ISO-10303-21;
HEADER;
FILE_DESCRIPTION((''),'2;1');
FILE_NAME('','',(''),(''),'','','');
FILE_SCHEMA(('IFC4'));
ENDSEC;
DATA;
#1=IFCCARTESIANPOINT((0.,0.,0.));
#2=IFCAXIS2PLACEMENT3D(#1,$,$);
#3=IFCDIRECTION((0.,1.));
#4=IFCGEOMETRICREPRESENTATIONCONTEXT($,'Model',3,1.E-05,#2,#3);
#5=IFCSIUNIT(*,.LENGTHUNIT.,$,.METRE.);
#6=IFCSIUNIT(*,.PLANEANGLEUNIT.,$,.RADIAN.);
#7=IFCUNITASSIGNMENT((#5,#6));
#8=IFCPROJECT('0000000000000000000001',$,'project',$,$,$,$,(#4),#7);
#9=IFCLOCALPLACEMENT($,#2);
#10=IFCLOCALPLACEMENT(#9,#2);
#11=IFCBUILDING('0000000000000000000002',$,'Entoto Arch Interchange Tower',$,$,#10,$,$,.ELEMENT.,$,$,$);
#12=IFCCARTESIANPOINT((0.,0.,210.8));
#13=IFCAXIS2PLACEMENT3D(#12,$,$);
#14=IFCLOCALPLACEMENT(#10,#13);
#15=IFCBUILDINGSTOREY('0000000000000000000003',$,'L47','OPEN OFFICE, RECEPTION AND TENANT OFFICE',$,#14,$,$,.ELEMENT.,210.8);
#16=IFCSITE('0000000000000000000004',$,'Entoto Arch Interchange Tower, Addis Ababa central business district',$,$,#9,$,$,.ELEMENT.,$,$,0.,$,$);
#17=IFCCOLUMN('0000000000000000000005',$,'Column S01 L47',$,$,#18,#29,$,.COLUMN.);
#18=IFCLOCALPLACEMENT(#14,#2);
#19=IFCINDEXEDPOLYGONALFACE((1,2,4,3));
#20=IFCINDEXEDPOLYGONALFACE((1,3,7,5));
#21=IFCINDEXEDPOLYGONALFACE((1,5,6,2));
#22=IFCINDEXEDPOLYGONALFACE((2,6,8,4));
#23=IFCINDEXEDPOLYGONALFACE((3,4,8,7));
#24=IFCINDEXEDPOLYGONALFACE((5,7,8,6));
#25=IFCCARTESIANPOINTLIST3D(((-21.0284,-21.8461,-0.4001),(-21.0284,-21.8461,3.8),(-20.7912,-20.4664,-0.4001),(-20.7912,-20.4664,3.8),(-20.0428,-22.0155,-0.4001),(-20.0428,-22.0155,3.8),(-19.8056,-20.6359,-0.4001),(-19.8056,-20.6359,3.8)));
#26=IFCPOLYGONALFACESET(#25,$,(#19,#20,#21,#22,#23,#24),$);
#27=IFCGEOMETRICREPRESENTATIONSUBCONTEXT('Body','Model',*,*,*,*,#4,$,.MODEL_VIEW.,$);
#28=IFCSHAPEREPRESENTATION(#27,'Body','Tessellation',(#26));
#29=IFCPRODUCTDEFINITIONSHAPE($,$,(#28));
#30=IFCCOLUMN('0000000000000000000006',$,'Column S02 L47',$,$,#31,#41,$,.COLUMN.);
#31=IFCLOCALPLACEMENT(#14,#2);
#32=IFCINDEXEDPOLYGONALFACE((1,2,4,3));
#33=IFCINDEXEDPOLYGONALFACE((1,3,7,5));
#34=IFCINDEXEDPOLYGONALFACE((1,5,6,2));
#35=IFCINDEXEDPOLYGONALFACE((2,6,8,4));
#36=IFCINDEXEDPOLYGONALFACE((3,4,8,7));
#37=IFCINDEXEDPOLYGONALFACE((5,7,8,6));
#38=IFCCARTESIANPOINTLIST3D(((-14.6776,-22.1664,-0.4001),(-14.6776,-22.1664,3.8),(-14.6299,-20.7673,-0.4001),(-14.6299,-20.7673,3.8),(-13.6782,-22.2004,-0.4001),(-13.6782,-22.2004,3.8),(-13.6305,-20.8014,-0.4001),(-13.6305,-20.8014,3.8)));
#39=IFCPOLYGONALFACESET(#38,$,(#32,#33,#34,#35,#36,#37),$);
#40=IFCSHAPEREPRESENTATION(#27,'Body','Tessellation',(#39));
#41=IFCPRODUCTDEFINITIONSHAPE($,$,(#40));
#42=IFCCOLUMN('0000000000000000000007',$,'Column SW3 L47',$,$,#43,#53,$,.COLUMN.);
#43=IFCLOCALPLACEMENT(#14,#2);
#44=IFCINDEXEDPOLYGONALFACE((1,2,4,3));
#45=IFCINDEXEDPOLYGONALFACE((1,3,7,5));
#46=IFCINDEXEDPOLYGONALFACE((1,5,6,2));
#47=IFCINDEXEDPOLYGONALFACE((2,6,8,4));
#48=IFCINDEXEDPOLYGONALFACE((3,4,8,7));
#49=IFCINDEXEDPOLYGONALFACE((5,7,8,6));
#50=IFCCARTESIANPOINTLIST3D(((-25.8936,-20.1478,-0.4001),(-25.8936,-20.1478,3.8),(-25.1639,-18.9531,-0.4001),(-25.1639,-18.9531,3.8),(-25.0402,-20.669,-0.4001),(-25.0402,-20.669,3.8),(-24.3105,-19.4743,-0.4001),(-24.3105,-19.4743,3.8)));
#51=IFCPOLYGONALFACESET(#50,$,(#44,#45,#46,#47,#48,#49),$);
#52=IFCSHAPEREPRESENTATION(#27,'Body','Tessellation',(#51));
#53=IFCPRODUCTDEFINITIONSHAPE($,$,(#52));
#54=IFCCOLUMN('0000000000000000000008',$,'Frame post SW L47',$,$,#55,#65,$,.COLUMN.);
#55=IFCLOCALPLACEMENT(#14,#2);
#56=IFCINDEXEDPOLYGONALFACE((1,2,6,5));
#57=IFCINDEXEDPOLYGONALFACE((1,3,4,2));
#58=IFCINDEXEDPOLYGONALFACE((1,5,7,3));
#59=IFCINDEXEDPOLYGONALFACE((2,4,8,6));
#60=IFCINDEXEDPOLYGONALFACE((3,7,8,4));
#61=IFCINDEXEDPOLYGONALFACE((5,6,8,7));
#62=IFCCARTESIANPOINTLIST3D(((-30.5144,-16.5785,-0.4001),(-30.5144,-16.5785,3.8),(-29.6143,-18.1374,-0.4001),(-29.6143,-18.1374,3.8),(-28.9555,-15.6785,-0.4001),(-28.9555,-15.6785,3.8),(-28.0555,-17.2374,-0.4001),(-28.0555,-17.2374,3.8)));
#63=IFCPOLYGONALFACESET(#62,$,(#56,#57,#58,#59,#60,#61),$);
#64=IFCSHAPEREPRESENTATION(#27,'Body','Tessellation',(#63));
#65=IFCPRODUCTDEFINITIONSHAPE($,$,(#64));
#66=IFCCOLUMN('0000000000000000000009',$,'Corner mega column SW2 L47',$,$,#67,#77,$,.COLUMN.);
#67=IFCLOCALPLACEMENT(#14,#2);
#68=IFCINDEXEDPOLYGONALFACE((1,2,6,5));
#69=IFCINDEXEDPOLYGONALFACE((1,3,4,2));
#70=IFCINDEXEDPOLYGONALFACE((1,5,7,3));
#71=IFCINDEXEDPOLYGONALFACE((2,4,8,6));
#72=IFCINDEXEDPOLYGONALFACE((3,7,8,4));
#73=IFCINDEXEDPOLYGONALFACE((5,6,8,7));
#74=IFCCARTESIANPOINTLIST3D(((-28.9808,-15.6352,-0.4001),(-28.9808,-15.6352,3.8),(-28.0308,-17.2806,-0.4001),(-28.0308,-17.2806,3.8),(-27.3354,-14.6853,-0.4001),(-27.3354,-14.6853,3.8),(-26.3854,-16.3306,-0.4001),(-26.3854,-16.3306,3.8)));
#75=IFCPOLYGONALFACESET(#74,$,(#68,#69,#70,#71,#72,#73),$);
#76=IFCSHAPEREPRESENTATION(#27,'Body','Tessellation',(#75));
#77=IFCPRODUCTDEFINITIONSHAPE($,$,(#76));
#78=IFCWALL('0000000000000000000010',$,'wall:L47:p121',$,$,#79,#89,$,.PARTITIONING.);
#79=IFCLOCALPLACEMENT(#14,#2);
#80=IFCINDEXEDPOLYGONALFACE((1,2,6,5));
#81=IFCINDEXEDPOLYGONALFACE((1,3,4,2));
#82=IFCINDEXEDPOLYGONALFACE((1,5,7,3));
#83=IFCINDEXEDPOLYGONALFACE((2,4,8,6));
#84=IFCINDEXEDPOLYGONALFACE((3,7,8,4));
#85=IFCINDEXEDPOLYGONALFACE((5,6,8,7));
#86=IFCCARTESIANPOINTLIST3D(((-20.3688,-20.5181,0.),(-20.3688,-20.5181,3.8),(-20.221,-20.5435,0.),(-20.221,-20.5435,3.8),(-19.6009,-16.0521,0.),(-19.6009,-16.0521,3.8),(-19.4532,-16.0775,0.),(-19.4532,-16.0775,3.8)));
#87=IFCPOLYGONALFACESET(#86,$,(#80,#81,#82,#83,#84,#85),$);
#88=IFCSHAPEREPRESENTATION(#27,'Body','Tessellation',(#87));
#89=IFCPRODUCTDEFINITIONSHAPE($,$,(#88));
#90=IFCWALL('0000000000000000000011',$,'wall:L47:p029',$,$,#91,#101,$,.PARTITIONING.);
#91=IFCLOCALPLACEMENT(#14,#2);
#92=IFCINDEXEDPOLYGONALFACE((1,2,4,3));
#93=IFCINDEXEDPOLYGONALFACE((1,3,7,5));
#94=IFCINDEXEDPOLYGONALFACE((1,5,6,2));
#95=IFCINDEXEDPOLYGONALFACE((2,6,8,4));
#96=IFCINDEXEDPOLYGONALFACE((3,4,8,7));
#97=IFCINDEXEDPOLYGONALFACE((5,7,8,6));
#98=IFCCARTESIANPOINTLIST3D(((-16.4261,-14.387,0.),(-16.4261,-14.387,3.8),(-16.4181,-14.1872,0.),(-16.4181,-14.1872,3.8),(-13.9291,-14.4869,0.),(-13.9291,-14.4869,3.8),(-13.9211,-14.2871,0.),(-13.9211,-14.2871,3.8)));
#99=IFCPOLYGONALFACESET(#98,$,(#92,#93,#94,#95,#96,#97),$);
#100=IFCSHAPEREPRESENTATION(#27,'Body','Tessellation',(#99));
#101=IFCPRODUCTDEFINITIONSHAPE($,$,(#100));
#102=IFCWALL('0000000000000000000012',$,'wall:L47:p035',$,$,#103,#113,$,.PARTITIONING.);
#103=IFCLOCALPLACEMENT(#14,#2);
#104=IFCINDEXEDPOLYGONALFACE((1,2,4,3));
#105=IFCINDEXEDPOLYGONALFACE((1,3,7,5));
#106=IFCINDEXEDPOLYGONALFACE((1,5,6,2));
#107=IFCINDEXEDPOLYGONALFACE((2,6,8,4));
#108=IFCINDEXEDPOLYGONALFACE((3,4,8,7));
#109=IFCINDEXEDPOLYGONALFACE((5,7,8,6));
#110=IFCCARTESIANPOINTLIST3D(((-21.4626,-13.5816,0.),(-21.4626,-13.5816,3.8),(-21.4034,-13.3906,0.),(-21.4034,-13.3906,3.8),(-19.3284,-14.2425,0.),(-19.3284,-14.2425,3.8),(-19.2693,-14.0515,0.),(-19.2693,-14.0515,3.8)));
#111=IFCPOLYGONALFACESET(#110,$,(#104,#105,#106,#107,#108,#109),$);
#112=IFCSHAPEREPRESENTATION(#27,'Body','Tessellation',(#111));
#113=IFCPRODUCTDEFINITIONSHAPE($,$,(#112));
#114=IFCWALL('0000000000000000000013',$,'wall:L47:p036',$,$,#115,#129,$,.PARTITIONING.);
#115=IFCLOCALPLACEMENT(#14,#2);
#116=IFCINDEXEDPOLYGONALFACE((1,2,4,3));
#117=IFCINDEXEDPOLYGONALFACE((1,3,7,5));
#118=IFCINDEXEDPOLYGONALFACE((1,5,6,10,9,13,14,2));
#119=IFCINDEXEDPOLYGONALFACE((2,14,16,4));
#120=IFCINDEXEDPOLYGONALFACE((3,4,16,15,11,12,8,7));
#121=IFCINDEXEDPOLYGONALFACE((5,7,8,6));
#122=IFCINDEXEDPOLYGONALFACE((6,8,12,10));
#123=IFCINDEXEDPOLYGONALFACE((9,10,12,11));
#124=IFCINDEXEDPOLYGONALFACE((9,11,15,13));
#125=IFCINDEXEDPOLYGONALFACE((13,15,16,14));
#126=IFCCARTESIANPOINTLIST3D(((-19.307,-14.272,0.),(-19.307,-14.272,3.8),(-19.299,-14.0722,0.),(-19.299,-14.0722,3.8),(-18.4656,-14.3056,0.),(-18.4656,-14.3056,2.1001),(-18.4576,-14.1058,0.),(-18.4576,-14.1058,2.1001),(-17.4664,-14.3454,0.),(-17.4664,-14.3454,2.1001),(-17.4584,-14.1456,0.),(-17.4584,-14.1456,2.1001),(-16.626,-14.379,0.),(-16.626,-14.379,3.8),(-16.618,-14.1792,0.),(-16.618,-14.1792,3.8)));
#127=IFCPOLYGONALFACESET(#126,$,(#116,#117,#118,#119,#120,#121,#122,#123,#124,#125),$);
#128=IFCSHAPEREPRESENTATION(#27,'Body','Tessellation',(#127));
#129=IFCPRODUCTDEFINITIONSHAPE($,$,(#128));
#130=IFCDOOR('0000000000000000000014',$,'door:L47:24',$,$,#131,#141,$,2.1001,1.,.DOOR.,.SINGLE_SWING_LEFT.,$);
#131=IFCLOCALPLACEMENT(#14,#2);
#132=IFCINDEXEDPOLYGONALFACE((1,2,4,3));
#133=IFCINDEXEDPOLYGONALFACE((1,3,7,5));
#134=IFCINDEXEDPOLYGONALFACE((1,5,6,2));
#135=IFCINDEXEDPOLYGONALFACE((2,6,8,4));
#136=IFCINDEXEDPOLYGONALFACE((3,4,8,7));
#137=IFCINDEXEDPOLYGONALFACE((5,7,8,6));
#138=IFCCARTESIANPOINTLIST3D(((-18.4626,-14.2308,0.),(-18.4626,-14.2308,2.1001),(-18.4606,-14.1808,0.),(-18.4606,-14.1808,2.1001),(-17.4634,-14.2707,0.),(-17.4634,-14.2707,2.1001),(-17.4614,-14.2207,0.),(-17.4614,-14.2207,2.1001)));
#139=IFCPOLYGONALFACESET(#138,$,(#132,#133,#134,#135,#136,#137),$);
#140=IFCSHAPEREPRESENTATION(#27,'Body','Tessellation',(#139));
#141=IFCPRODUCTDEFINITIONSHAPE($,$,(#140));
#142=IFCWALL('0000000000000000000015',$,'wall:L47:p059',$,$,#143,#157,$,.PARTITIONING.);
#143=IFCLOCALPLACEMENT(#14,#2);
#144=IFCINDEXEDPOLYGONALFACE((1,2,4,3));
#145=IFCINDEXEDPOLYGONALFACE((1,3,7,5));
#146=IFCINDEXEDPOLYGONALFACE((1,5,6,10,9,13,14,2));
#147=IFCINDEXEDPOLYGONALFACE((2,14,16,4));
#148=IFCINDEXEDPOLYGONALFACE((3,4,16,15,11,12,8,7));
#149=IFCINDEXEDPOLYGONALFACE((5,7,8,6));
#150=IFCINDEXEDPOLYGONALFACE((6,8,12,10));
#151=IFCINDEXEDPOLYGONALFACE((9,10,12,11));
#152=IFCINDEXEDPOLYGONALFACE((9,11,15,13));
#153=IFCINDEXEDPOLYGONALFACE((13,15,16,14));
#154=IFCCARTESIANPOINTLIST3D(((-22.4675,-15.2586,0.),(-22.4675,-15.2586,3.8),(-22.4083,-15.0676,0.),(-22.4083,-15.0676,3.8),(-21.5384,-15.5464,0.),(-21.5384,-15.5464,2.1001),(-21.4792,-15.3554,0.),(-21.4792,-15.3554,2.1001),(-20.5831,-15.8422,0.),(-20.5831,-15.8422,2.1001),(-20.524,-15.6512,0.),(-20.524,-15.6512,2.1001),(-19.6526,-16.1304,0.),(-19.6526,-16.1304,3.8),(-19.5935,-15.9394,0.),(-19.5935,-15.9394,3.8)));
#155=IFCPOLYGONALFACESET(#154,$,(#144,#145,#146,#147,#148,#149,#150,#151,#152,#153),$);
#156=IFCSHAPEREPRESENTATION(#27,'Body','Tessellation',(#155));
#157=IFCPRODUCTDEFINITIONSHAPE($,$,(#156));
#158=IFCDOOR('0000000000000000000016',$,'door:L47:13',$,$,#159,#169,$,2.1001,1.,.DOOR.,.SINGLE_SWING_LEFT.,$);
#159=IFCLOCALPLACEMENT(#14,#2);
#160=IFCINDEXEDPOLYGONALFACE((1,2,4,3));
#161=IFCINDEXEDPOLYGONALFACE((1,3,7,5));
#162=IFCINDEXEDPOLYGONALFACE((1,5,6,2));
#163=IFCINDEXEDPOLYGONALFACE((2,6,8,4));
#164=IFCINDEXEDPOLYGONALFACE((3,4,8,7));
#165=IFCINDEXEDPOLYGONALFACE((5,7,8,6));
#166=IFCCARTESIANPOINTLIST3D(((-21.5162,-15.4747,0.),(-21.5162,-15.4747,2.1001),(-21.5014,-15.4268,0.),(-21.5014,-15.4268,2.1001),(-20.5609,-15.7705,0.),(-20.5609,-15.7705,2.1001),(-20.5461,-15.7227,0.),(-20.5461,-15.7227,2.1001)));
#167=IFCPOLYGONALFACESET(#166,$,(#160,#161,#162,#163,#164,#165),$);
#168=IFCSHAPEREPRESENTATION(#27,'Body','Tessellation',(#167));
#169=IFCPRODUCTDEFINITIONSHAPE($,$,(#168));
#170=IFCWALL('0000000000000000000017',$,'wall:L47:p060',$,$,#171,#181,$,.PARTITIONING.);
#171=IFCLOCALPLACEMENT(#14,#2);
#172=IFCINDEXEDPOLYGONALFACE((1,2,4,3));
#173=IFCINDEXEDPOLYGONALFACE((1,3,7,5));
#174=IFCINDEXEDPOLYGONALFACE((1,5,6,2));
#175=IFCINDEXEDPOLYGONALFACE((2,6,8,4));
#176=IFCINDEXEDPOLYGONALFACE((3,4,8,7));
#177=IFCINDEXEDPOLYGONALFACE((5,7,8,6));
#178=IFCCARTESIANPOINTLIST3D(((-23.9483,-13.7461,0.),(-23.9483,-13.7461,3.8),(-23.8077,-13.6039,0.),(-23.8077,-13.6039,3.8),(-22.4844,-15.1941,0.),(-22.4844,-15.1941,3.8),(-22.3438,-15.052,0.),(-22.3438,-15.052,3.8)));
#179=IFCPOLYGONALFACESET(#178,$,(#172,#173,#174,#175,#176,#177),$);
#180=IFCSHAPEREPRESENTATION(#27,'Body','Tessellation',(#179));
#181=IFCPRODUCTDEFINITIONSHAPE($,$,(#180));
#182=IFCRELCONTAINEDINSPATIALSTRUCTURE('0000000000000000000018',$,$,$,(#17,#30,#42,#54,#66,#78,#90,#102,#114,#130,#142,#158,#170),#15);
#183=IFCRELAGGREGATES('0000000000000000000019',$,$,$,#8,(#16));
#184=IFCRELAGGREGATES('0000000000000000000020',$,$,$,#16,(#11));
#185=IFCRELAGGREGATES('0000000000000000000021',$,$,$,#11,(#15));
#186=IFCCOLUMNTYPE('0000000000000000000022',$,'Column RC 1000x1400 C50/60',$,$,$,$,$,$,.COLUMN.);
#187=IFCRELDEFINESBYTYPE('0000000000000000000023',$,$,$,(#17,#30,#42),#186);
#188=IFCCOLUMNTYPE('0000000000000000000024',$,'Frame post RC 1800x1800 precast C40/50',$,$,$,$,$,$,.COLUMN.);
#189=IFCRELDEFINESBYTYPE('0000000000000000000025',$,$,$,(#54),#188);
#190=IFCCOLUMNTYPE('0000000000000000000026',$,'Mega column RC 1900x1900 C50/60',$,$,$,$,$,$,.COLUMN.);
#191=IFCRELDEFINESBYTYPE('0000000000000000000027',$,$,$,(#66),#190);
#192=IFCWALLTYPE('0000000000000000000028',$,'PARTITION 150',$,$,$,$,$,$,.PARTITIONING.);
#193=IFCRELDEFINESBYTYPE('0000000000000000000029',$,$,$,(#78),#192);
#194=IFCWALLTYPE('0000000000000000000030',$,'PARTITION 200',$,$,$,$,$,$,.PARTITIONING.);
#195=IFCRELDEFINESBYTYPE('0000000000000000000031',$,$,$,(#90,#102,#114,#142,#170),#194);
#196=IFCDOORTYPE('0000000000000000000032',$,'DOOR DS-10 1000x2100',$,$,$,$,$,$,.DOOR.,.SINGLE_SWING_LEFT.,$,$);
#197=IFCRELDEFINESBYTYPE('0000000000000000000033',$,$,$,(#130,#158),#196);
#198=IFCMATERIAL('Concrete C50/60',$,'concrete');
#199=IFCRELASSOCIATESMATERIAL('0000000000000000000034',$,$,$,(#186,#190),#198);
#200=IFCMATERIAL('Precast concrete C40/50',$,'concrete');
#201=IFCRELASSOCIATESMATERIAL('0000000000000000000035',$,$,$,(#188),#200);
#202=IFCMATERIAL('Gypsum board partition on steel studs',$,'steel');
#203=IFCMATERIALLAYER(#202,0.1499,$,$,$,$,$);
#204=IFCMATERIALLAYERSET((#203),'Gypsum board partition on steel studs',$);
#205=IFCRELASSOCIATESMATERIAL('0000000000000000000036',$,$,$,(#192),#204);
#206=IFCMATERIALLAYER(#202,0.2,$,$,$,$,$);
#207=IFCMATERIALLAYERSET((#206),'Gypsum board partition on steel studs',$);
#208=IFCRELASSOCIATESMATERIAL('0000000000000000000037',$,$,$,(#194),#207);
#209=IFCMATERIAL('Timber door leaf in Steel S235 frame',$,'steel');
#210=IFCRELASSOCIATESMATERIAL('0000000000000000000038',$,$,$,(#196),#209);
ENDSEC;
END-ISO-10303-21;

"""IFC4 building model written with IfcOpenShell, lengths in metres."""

from ifc_helpers import new_model, si_unit, direction, frame, frame_2d, origin, origin_2d, place, context, subcontext, project, spatial, rectangle, extrude, material, layer, layer_set, material_profile, profile_set, type_object, element, fill, save


model = new_model("IFC4")

# Units and contexts
model_context = context("Model", 3, precision=1e-05, world=origin(), true_north=direction((0.0, 1.0)))
body_context = subcontext(model_context, "Body", "Model", "MODEL_VIEW")
ifc_project = project(units=[si_unit("LENGTHUNIT", "METRE"), si_unit("PLANEANGLEUNIT", "RADIAN")], contexts=[model_context])

# Site, building, storey
site_placement = place(None, origin())
site = spatial("IfcSite", under=ifc_project, at=site_placement, Name="Entoto Arch Interchange Tower, Addis Ababa central business district", CompositionType="ELEMENT", RefElevation=0.0)
building_placement = place(site_placement, origin())
building = spatial("IfcBuilding", under=site, at=building_placement, Name="Entoto Arch Interchange Tower", CompositionType="ELEMENT")
storey_placement = place(building_placement, frame((0.0, 0.0, 210.8)))
storey = spatial("IfcBuildingStorey", under=building, at=storey_placement, Name="L47", Description="OPEN OFFICE, RECEPTION AND TENANT OFFICE", CompositionType="ELEMENT", Elevation=210.8)

# Columns
ifc_material_1 = material(Name="Concrete C50/60", Category="concrete")
ifc_material_profile_1 = material_profile(ifc_material_1, rectangle(XDim=1.0, YDim=1.3999, at=origin_2d()))
ifc_profile_set_1 = profile_set([ifc_material_profile_1], Name="Concrete C50/60")
column_type_1 = type_object("IfcColumnType", Name="Column RC 1000x1400 C50/60", PredefinedType="COLUMN", material=ifc_profile_set_1)
for number, where, z_axis, x_axis, name in (
    (1, (-20.417, -21.241, -0.4001), (0.0, 0.0, 1.0), (-0.985541, 0.169436, 0.0), "Column S01 L47"),
    (2, (-14.1541, -21.4839, -0.4001), (0.0, 0.0, 1.0), (-0.999421, 0.034027, 0.0), "Column S02 L47"),
    (3, (-25.1021, -19.811, -0.4001), (0.0, 0.0, 1.0), (-0.853423, 0.521218, 0.0), "Column SW3 L47"),
):
    element("IfcColumn", number, at=place(storey_placement, frame(where, z_axis=z_axis, x_axis=x_axis)), inside=storey, type_object=column_type_1, Name=name, PredefinedType="COLUMN", context=body_context, shape_type="SweptSolid", body=[
        extrude(rectangle(XDim=1.0, YDim=1.3999, at=origin_2d()), origin(), (0.0, 0.0, 1.0), 4.2002),
    ])
ifc_material_2 = material(Name="Precast concrete C40/50", Category="concrete")
ifc_material_profile_2 = material_profile(ifc_material_2, rectangle(XDim=1.8, YDim=1.8, at=origin_2d()))
ifc_profile_set_2 = profile_set([ifc_material_profile_2], Name="Precast concrete C40/50")
column_type_2 = type_object("IfcColumnType", Name="Frame post RC 1800x1800 precast C40/50", PredefinedType="COLUMN", material=ifc_profile_set_2)
column_1_placement = place(storey_placement, frame((-29.2849, -16.908, -0.4001), z_axis=(0.0, 0.0, 1.0), x_axis=(0.866025, 0.5, 0.0)))
element("IfcColumn", 4, at=column_1_placement, inside=storey, type_object=column_type_2, Name="Frame post SW L47", PredefinedType="COLUMN", context=body_context, shape_type="SweptSolid", body=[
    extrude(rectangle(XDim=1.8, YDim=1.8, at=origin_2d()), origin(), (0.0, 0.0, 1.0), 4.2002),
])
ifc_material_profile_3 = material_profile(ifc_material_1, rectangle(XDim=1.8999, YDim=1.8999, at=origin_2d()))
ifc_profile_set_3 = profile_set([ifc_material_profile_3], Name="Concrete C50/60")
column_type_3 = type_object("IfcColumnType", Name="Mega column RC 1900x1900 C50/60", PredefinedType="COLUMN", material=ifc_profile_set_3)
column_2_placement = place(storey_placement, frame((-27.6831, -15.9829, -0.4001), z_axis=(0.0, 0.0, 1.0), x_axis=(0.866025, 0.5, 0.0)))
element("IfcColumn", 5, at=column_2_placement, inside=storey, type_object=column_type_3, Name="Corner mega column SW2 L47", PredefinedType="COLUMN", context=body_context, shape_type="SweptSolid", body=[
    extrude(rectangle(XDim=1.8999, YDim=1.8999, at=origin_2d()), origin(), (0.0, 0.0, 1.0), 4.2002),
])

# Walls
ifc_material_3 = material(Name="Gypsum board partition on steel studs", Category="steel")
ifc_layer_1 = layer(ifc_material_3, 0.1499)
ifc_layer_set_1 = layer_set([ifc_layer_1], Name="Gypsum board partition on steel studs")
wall_type_1 = type_object("IfcWallType", Name="PARTITION 150", PredefinedType="PARTITIONING", material=ifc_layer_set_1)
wall_1_placement = place(storey_placement, frame((-19.5271, -16.0649, 0.0), z_axis=(0.0, 0.0, 1.0), x_axis=(-0.169438, -0.985541, 0.0)))
element("IfcWall", 6, at=wall_1_placement, inside=storey, type_object=wall_type_1, Name="wall:L47:p121", PredefinedType="PARTITIONING", context=body_context, shape_type="SweptSolid", body=[
    extrude(rectangle(XDim=4.5315, YDim=0.1499, at=frame_2d((2.2656, 0.0))), origin(), (0.0, 0.0, 1.0), 3.8),
])
ifc_layer_2 = layer(ifc_material_3, 0.2)
ifc_layer_set_2 = layer_set([ifc_layer_2], Name="Gypsum board partition on steel studs")
wall_type_2 = type_object("IfcWallType", Name="PARTITION 200", PredefinedType="PARTITIONING", material=ifc_layer_set_2)
wall_2_placement = place(storey_placement, frame((-16.4221, -14.2871, 0.0), z_axis=(0.0, 0.0, 1.0), x_axis=(0.999201, -0.039956, 0.0)))
element("IfcWall", 7, at=wall_2_placement, inside=storey, type_object=wall_type_2, Name="wall:L47:p029", PredefinedType="PARTITIONING", context=body_context, shape_type="SweptSolid", body=[
    extrude(rectangle(XDim=2.499, YDim=0.2, at=frame_2d((1.2495, 0.0))), origin(), (0.0, 0.0, 1.0), 3.8),
])
wall_3_placement = place(storey_placement, frame((-21.4331, -13.4861, 0.0), z_axis=(0.0, 0.0, 1.0), x_axis=(0.955241, -0.295829, 0.0)))
element("IfcWall", 8, at=wall_3_placement, inside=storey, type_object=wall_type_2, Name="wall:L47:p035", PredefinedType="PARTITIONING", context=body_context, shape_type="SweptSolid", body=[
    extrude(rectangle(XDim=2.2341, YDim=0.2, at=frame_2d((1.1172, 0.0))), origin(), (0.0, 0.0, 1.0), 3.8),
])

# Walls, openings, doors
wall_4_placement = place(storey_placement, frame((-19.303, -14.1721, 0.0), z_axis=(0.0, 0.0, 1.0), x_axis=(0.999205, -0.039855, 0.0)))
wall_4 = element("IfcWall", 9, at=wall_4_placement, inside=storey, type_object=wall_type_2, Name="wall:L47:p036", PredefinedType="PARTITIONING", context=body_context, shape_type="SweptSolid", body=[
    extrude(rectangle(XDim=2.6831, YDim=0.2, at=frame_2d((1.3416, 0.0))), origin(), (0.0, 0.0, 1.0), 3.8),
])
opening_1_placement = place(wall_4_placement, frame((0.842, 0.0, 0.0)))
opening_1 = element("IfcOpeningElement", 10, at=opening_1_placement, cuts=wall_4, PredefinedType="OPENING", context=body_context, shape_type="SweptSolid", body=[
    extrude(rectangle(XDim=1.0, YDim=2.1001, at=frame_2d((0.5, 1.05))), frame((0.0, 0.1099, 0.0), z_axis=(0.0, -1.0, 0.0), x_axis=(1.0, 0.0, 0.0)), (0.0, 0.0, 1.0), 0.22),
])
ifc_material_4 = material(Name="Timber door leaf in Steel S235 frame", Category="steel")
door_type = type_object("IfcDoorType", Name="DOOR DS-10 1000x2100", OperationType="SINGLE_SWING_LEFT", PredefinedType="DOOR", material=ifc_material_4)
door_1_placement = place(opening_1_placement, origin())
door_1 = element("IfcDoor", 11, at=door_1_placement, inside=storey, type_object=door_type, Name="door:L47:24", OperationType="SINGLE_SWING_LEFT", OverallHeight=2.1001, OverallWidth=1.0, PredefinedType="DOOR", context=body_context, shape_type="SweptSolid", body=[
    extrude(rectangle(XDim=1.0, YDim=2.1001, at=frame_2d((0.5, 1.05))), frame((0.0, 0.0249, 0.0), z_axis=(0.0, -1.0, 0.0), x_axis=(1.0, 0.0, 0.0)), (0.0, 0.0, 1.0), 0.05),
])
fill(opening_1, door_1)
wall_5_placement = place(storey_placement, frame((-19.623, -16.0349, 0.0), z_axis=(0.0, 0.0, 1.0), x_axis=(-0.955235, 0.295849, 0.0)))
wall_5 = element("IfcWall", 12, at=wall_5_placement, inside=storey, type_object=wall_type_2, Name="wall:L47:p059", PredefinedType="PARTITIONING", context=body_context, shape_type="SweptSolid", body=[
    extrude(rectangle(XDim=2.9468, YDim=0.2, at=frame_2d((1.4734, 0.0))), origin(), (0.0, 0.0, 1.0), 3.8),
])
opening_2_placement = place(wall_5_placement, frame((0.9741, 0.0, 0.0)))
opening_2 = element("IfcOpeningElement", 13, at=opening_2_placement, cuts=wall_5, PredefinedType="OPENING", context=body_context, shape_type="SweptSolid", body=[
    extrude(rectangle(XDim=1.0, YDim=2.1001, at=frame_2d((0.5, 1.05))), frame((0.0, 0.1099, 0.0), z_axis=(0.0, -1.0, 0.0), x_axis=(1.0, 0.0, 0.0)), (0.0, 0.0, 1.0), 0.22),
])
door_2_placement = place(opening_2_placement, origin())
door_2 = element("IfcDoor", 14, at=door_2_placement, inside=storey, type_object=door_type, Name="door:L47:13", OperationType="SINGLE_SWING_LEFT", OverallHeight=2.1001, OverallWidth=1.0, PredefinedType="DOOR", context=body_context, shape_type="SweptSolid", body=[
    extrude(rectangle(XDim=1.0, YDim=2.1001, at=frame_2d((0.5, 1.05))), frame((0.0, 0.0249, 0.0), z_axis=(0.0, -1.0, 0.0), x_axis=(1.0, 0.0, 0.0)), (0.0, 0.0, 1.0), 0.05),
])
fill(opening_2, door_2)

# Wall
wall_6_placement = place(storey_placement, frame((-22.4141, -15.123, 0.0), z_axis=(0.0, 0.0, 1.0), x_axis=(-0.71095, 0.703243, 0.0)))
element("IfcWall", 15, at=wall_6_placement, inside=storey, type_object=wall_type_2, Name="wall:L47:p060", PredefinedType="PARTITIONING", context=body_context, shape_type="SweptSolid", body=[
    extrude(rectangle(XDim=2.0591, YDim=0.2, at=frame_2d((1.0295, 0.0))), origin(), (0.0, 0.0, 1.0), 3.8),
])

save(model, "model.ifc")
